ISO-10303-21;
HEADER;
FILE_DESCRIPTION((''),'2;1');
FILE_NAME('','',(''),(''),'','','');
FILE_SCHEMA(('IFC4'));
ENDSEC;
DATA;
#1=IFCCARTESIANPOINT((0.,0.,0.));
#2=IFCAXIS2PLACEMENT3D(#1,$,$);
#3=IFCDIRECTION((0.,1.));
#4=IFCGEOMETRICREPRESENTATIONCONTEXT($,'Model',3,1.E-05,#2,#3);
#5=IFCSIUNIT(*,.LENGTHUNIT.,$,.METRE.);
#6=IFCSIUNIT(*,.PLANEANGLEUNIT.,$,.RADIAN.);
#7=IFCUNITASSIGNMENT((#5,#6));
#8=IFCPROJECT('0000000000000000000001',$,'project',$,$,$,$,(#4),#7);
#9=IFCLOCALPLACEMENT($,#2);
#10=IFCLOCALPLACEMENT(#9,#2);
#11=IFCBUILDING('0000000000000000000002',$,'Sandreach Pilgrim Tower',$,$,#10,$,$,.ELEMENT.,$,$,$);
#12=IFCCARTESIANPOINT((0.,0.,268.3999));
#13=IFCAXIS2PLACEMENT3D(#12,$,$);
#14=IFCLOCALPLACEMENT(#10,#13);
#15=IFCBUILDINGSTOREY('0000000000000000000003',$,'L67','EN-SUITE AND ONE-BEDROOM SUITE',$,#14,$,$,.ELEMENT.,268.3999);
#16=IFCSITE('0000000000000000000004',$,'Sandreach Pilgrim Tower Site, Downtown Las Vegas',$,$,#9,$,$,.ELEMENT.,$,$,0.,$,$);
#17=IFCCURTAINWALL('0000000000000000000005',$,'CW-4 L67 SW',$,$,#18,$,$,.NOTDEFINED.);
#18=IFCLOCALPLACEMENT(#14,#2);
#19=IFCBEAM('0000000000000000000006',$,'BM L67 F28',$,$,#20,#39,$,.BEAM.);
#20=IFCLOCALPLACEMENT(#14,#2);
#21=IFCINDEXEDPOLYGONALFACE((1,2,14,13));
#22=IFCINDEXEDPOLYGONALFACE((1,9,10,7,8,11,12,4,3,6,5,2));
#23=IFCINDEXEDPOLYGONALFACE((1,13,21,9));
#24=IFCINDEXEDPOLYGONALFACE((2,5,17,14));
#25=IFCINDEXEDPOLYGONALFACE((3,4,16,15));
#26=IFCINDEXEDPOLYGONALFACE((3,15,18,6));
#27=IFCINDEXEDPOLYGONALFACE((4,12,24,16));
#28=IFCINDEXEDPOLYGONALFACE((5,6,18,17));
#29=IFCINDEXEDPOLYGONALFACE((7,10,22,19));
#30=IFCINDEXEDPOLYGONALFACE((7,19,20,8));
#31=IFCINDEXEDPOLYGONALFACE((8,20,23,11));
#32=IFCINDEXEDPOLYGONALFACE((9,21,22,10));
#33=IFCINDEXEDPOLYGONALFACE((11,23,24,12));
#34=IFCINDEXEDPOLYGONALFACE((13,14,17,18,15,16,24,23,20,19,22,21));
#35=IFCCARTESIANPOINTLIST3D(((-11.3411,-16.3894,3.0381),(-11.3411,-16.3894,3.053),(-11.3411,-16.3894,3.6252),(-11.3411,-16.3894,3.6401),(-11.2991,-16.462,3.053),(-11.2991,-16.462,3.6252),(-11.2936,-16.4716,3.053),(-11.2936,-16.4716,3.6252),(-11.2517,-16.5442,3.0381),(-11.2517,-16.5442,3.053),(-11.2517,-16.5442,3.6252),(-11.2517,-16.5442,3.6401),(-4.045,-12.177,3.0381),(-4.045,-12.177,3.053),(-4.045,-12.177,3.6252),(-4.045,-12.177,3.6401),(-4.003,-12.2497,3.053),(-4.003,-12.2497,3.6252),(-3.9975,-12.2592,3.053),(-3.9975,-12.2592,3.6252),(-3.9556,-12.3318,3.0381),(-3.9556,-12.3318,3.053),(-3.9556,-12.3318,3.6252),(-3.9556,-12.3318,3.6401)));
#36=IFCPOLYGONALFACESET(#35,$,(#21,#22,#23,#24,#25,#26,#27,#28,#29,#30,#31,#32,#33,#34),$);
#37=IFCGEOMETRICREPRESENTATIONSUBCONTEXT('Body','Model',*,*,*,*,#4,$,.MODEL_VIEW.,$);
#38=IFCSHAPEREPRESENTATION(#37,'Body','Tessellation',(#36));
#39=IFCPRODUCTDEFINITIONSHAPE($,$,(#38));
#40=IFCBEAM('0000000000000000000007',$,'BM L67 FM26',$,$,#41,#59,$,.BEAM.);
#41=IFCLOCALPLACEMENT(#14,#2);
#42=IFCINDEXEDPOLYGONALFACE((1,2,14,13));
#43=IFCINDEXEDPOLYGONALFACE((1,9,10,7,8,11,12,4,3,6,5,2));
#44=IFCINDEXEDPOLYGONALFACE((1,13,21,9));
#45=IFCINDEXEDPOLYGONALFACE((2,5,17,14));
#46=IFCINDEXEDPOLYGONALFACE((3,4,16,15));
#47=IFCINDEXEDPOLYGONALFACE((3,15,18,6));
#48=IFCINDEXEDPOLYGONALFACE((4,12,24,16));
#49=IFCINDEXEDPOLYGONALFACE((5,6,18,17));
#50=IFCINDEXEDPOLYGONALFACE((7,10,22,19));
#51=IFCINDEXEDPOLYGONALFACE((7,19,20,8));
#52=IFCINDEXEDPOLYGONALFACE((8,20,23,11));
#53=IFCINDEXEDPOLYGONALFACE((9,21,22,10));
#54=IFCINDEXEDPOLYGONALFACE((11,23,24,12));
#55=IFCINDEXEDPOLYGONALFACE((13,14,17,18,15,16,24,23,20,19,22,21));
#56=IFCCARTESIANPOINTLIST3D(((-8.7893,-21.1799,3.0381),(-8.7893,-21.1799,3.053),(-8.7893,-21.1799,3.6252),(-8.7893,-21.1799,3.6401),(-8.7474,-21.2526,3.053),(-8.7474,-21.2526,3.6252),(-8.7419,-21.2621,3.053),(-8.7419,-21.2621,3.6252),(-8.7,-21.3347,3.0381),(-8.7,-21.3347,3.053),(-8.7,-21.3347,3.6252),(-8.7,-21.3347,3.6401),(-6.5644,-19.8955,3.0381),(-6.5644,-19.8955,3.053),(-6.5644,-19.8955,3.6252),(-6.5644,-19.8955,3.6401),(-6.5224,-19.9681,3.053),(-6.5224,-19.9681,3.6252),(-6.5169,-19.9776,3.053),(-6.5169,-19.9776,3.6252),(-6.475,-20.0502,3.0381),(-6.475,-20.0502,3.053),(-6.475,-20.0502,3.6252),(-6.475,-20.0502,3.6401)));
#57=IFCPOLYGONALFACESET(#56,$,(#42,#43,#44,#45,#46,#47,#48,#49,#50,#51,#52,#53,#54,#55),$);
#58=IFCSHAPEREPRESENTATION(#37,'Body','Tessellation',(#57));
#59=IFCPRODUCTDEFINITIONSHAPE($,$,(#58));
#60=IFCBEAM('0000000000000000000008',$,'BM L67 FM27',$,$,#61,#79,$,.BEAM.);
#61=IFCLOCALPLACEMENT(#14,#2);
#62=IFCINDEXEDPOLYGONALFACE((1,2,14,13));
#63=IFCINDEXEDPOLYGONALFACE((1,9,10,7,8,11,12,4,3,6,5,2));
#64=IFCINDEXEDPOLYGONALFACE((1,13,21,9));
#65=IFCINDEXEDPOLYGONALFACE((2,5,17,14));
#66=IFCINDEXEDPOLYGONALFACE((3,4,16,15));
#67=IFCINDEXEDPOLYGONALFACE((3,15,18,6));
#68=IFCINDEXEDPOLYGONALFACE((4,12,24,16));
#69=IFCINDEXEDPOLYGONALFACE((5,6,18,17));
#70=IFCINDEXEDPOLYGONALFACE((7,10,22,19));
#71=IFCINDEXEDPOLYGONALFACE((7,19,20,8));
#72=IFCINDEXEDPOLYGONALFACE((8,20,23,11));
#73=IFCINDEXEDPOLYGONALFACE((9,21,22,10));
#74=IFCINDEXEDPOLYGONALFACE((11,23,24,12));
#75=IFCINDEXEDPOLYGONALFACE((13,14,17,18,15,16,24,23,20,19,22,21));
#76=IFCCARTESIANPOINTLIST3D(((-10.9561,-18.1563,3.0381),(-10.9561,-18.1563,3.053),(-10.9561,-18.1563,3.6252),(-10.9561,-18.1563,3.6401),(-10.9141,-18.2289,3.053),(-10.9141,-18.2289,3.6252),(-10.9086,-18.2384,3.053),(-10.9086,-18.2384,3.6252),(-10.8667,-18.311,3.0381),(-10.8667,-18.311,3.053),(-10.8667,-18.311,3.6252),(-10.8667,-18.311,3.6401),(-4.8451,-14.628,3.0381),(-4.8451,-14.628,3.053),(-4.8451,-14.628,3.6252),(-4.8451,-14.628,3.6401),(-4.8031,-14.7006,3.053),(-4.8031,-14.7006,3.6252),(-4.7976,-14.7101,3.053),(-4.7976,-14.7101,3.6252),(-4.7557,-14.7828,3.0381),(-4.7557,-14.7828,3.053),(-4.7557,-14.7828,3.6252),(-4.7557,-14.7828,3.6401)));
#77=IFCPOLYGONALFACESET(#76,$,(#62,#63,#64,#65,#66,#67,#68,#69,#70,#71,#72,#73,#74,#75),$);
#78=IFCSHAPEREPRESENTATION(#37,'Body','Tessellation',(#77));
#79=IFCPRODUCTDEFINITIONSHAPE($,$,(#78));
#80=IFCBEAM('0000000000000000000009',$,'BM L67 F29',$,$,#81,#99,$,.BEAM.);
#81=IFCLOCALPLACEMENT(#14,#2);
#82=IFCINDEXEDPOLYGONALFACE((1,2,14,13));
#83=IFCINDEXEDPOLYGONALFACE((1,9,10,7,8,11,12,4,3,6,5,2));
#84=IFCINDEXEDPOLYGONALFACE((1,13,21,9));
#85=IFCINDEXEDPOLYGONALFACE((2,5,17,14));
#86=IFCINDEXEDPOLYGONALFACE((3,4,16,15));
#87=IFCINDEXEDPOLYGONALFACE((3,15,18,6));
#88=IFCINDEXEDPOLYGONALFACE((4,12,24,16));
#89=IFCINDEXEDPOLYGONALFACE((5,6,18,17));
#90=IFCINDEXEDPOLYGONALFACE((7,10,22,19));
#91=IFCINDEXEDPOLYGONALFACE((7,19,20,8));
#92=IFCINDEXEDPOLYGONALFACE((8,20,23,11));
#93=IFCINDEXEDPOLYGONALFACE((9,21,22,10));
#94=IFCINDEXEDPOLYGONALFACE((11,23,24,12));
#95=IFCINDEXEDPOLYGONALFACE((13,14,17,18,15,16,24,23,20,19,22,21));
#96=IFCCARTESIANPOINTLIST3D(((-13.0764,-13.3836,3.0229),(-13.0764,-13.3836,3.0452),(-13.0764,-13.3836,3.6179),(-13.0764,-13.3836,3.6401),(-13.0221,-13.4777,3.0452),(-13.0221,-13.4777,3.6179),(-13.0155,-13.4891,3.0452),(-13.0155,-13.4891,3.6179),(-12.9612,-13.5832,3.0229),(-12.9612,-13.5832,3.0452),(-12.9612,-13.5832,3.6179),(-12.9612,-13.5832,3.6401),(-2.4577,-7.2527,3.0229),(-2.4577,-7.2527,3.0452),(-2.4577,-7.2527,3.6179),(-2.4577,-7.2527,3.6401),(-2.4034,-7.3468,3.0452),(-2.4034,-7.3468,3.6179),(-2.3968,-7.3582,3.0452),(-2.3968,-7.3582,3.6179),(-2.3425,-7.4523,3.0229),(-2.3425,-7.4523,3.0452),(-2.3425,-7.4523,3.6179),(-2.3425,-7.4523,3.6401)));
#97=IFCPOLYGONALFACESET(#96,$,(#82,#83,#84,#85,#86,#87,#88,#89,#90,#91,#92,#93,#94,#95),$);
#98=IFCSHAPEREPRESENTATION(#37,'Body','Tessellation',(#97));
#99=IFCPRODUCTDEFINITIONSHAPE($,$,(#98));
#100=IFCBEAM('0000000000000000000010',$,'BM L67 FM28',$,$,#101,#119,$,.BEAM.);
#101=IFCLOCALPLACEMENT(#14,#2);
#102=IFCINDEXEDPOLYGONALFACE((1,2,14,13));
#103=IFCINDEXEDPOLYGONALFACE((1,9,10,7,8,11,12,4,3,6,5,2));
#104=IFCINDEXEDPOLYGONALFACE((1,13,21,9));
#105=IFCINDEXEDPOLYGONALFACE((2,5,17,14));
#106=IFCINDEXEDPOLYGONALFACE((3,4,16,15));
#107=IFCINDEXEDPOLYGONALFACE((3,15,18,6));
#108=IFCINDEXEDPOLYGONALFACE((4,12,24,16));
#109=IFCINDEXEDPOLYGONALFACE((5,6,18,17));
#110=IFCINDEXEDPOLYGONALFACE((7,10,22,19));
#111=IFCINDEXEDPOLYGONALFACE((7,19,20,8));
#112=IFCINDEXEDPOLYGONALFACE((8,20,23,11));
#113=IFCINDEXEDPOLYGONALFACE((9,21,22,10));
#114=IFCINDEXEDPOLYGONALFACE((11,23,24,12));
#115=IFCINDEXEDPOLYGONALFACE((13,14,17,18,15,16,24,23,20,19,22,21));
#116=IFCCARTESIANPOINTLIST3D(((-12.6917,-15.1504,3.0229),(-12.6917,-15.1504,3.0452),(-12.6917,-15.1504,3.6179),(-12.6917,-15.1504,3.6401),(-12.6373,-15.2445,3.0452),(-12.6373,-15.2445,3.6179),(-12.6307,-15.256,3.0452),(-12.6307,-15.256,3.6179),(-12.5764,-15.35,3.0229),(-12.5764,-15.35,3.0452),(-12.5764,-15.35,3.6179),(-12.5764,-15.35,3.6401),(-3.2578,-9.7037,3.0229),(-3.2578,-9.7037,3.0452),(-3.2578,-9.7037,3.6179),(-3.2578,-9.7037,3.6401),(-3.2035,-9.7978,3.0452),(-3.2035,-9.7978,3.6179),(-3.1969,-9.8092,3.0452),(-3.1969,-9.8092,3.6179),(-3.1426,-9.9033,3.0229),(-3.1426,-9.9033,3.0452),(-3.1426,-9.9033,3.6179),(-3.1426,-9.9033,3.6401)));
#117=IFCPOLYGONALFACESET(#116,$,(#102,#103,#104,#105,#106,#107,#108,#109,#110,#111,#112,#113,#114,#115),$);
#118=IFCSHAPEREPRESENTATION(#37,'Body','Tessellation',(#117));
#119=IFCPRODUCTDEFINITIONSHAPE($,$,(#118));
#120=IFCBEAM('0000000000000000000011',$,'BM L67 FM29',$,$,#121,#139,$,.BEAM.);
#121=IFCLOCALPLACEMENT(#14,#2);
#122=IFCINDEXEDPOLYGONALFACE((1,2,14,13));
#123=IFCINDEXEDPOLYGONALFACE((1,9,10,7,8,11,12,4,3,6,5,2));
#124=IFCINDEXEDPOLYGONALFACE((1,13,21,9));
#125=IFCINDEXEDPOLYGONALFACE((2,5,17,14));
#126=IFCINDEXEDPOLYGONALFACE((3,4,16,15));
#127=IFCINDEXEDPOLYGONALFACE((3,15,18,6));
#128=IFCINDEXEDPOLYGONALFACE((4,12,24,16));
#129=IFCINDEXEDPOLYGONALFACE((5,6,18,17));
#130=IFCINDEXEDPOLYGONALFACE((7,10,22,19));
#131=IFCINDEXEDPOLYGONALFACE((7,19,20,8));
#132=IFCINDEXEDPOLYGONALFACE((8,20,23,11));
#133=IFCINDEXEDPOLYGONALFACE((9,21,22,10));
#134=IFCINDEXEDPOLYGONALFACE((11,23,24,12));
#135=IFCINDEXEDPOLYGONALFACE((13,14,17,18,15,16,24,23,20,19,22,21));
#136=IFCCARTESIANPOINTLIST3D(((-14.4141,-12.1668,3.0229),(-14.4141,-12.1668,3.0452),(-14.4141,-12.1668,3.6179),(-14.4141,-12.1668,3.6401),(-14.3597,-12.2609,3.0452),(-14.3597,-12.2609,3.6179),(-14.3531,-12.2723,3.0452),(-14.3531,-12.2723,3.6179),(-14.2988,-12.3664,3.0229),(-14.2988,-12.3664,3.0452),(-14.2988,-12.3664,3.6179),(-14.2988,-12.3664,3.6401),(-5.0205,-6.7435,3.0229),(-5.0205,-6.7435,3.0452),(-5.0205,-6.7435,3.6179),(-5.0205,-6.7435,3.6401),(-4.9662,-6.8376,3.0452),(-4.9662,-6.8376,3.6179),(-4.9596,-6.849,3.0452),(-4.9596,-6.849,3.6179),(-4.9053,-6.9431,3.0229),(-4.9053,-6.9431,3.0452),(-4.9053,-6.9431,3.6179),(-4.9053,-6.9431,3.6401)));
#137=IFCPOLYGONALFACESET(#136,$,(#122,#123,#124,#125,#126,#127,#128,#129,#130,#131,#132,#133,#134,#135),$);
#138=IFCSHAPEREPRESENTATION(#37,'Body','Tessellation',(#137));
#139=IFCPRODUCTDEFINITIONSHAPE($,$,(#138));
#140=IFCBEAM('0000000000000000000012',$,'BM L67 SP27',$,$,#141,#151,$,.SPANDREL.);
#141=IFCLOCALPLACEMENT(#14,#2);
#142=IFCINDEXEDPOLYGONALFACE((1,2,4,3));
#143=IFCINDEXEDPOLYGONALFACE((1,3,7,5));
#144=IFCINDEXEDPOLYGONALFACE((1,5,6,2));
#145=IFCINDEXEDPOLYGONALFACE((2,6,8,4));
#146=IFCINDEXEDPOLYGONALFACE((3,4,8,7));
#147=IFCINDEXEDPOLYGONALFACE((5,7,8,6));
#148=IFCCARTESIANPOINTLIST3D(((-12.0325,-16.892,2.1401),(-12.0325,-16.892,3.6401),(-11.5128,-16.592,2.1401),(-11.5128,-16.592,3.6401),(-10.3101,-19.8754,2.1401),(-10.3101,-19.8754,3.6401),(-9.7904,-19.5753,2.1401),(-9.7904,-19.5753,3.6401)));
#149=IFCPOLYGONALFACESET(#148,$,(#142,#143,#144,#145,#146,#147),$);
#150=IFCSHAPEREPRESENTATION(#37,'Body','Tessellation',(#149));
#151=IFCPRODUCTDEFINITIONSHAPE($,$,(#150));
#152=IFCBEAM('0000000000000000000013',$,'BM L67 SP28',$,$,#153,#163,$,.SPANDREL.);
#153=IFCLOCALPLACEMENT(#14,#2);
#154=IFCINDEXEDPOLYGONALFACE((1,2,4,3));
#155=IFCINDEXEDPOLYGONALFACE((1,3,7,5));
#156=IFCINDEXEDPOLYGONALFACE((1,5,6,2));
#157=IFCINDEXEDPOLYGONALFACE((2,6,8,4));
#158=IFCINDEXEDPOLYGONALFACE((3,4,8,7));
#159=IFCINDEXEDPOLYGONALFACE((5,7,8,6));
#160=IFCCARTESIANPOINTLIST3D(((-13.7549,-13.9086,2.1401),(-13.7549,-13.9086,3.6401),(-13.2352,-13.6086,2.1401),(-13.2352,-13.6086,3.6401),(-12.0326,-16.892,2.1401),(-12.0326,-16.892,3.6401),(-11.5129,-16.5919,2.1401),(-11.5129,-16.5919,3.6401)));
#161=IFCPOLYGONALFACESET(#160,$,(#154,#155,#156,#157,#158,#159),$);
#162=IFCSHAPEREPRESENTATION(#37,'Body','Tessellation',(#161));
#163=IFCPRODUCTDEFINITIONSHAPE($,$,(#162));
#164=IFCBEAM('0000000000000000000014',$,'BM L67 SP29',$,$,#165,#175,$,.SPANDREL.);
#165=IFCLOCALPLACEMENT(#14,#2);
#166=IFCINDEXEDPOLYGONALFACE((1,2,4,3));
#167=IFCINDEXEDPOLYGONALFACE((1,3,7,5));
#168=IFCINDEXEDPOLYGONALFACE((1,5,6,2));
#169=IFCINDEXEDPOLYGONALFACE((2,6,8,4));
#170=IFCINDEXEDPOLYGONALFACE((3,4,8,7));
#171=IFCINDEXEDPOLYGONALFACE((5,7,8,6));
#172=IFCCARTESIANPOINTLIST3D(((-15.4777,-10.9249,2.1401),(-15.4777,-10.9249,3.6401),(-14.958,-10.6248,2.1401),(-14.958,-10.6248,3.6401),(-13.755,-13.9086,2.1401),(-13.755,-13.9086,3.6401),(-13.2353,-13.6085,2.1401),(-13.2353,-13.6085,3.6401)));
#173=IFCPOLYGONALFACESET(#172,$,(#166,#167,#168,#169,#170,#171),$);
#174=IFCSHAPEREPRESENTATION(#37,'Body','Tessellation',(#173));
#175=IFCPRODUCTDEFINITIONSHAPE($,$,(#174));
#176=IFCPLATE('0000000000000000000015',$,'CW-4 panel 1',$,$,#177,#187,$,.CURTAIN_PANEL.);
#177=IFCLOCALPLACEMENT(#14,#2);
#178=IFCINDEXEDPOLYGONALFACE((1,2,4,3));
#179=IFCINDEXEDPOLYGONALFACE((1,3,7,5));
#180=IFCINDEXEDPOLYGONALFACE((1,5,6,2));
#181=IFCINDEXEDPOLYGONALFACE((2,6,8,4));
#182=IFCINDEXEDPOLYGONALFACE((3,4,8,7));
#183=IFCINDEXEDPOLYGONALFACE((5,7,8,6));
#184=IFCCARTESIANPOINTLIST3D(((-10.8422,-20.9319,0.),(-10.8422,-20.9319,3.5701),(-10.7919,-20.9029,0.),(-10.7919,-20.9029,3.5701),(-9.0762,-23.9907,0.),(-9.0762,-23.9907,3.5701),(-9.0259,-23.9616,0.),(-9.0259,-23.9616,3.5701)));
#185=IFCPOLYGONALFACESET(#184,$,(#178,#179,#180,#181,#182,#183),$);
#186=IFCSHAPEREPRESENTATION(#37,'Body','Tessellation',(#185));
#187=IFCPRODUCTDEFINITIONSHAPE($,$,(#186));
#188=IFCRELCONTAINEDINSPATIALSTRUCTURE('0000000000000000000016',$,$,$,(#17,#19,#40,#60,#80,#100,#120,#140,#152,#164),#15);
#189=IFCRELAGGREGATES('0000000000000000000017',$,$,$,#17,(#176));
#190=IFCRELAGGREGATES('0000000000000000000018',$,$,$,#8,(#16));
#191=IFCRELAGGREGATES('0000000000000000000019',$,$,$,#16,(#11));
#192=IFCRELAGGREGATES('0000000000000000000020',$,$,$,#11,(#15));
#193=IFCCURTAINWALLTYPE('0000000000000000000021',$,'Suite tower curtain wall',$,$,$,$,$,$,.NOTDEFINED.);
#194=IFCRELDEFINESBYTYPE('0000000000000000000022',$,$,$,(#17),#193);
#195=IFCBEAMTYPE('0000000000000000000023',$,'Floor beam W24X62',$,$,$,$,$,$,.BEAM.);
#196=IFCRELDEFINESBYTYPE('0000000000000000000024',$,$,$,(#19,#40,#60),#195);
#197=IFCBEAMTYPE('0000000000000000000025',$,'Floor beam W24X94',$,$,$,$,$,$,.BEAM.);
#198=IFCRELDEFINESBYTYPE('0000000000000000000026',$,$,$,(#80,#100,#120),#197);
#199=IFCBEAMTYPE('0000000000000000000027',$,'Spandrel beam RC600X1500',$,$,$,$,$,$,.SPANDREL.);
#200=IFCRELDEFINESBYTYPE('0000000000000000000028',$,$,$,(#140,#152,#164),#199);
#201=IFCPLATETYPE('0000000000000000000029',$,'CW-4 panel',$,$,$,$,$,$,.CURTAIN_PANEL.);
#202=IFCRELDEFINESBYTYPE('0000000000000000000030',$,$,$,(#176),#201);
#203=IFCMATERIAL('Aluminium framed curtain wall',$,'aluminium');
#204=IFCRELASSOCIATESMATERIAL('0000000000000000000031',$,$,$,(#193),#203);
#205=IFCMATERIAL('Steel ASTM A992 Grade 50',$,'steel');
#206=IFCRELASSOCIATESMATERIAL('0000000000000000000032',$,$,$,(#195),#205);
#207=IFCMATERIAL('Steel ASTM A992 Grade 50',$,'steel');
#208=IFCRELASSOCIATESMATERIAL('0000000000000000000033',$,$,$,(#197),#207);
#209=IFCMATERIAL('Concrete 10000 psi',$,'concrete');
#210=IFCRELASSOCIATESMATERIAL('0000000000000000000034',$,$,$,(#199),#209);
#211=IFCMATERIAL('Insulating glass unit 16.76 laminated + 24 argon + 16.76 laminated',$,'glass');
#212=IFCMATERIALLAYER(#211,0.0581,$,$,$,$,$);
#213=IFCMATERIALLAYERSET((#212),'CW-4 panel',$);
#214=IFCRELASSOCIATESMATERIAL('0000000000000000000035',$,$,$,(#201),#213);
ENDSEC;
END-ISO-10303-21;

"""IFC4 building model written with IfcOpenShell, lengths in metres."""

from ifc_helpers import new_model, si_unit, direction, frame, origin, origin_2d, place, context, subcontext, project, spatial, rectangle, i_section, extrude, material, layer, layer_set, material_profile, profile_set, type_object, element, aggregate, save


model = new_model("IFC4")

# Units and contexts
model_context = context("Model", 3, precision=1e-05, world=origin(), true_north=direction((0.0, 1.0)))
body_context = subcontext(model_context, "Body", "Model", "MODEL_VIEW")
ifc_project = project(units=[si_unit("LENGTHUNIT", "METRE"), si_unit("PLANEANGLEUNIT", "RADIAN")], contexts=[model_context])

# Site, building, storey
site_placement = place(None, origin())
site = spatial("IfcSite", under=ifc_project, at=site_placement, Name="Sandreach Pilgrim Tower Site, Downtown Las Vegas", CompositionType="ELEMENT", RefElevation=0.0)
building_placement = place(site_placement, origin())
building = spatial("IfcBuilding", under=site, at=building_placement, Name="Sandreach Pilgrim Tower", CompositionType="ELEMENT")
storey_placement = place(building_placement, frame((0.0, 0.0, 268.3999)))
storey = spatial("IfcBuildingStorey", under=building, at=storey_placement, Name="L67", Description="EN-SUITE AND ONE-BEDROOM SUITE", CompositionType="ELEMENT", Elevation=268.3999)

# Shared definitions
ifc_material_1 = material(Name="Aluminium framed curtain wall", Category="aluminium")
curtain_wall_type = type_object("IfcCurtainWallType", Name="Suite tower curtain wall", PredefinedType="NOTDEFINED", material=ifc_material_1)

# Curtain wall
curtain_wall_1_placement = place(storey_placement, origin())
curtain_wall_1 = element("IfcCurtainWall", 1, at=curtain_wall_1_placement, inside=storey, type_object=curtain_wall_type, Name="CW-4 L67 SW", PredefinedType="NOTDEFINED")

# Beams
ifc_material_2 = material(Name="Steel ASTM A992 Grade 50", Category="steel")
ifc_material_profile_1 = material_profile(ifc_material_2, i_section(OverallWidth=0.1787, OverallDepth=0.6021, WebThickness=0.011, FlangeThickness=0.0149, at=origin_2d()), Name="W24X62")
ifc_profile_set_1 = profile_set([ifc_material_profile_1], Name="Steel ASTM A992 Grade 50")
beam_type_1 = type_object("IfcBeamType", Name="Floor beam W24X62", PredefinedType="BEAM", material=ifc_profile_set_1)
beam_1_placement = place(storey_placement, frame((-11.2964, -16.4668, 3.3391), z_axis=(0.866027, 0.499998, 0.0), x_axis=(-0.499998, 0.866027, 0.0)))
element("IfcBeam", 2, at=beam_1_placement, inside=storey, type_object=beam_type_1, Name="BM L67 F28", PredefinedType="BEAM", context=body_context, shape_type="SweptSolid", body=[
    extrude(i_section(OverallWidth=0.1787, OverallDepth=0.6021, WebThickness=0.011, FlangeThickness=0.0149, at=origin_2d()), origin(), (0.0, 0.0, 1.0), 8.4248),
])
beam_2_placement = place(storey_placement, frame((-8.7446, -21.2573, 3.3391), z_axis=(0.866042, 0.499972, 0.0), x_axis=(-0.499972, 0.866042, 0.0)))
element("IfcBeam", 3, at=beam_2_placement, inside=storey, type_object=beam_type_1, Name="BM L67 FM26", PredefinedType="BEAM", context=body_context, shape_type="SweptSolid", body=[
    extrude(i_section(OverallWidth=0.1787, OverallDepth=0.6021, WebThickness=0.011, FlangeThickness=0.0149, at=origin_2d()), origin(), (0.0, 0.0, 1.0), 2.5691),
])
beam_3_placement = place(storey_placement, frame((-10.9114, -18.2336, 3.3391), z_axis=(0.86602, 0.500009, 0.0), x_axis=(-0.500009, 0.86602, 0.0)))
element("IfcBeam", 4, at=beam_3_placement, inside=storey, type_object=beam_type_1, Name="BM L67 FM27", PredefinedType="BEAM", context=body_context, shape_type="SweptSolid", body=[
    extrude(i_section(OverallWidth=0.1787, OverallDepth=0.6021, WebThickness=0.011, FlangeThickness=0.0149, at=origin_2d()), origin(), (0.0, 0.0, 1.0), 7.0564),
])
ifc_material_3 = material(Name="Steel ASTM A992 Grade 50", Category="steel")
ifc_material_profile_2 = material_profile(ifc_material_3, i_section(OverallWidth=0.2305, OverallDepth=0.6172, WebThickness=0.0132, FlangeThickness=0.0222, at=origin_2d()), Name="W24X94")
ifc_profile_set_2 = profile_set([ifc_material_profile_2], Name="Steel ASTM A992 Grade 50")
beam_type_2 = type_object("IfcBeamType", Name="Floor beam W24X94", PredefinedType="BEAM", material=ifc_profile_set_2)
beam_4_placement = place(storey_placement, frame((-13.0188, -13.4834, 3.3315), z_axis=(0.866019, 0.500011, 0.0), x_axis=(-0.500011, 0.866019, 0.0)))
element("IfcBeam", 5, at=beam_4_placement, inside=storey, type_object=beam_type_2, Name="BM L67 F29", PredefinedType="BEAM", context=body_context, shape_type="SweptSolid", body=[
    extrude(i_section(OverallWidth=0.2305, OverallDepth=0.6172, WebThickness=0.0132, FlangeThickness=0.0222, at=origin_2d()), origin(), (0.0, 0.0, 1.0), 12.2615),
])
beam_5_placement = place(storey_placement, frame((-12.634, -15.2502, 3.3315), z_axis=(0.86602, 0.50001, 0.0), x_axis=(-0.50001, 0.86602, 0.0)))
element("IfcBeam", 6, at=beam_5_placement, inside=storey, type_object=beam_type_2, Name="BM L67 FM28", PredefinedType="BEAM", context=body_context, shape_type="SweptSolid", body=[
    extrude(i_section(OverallWidth=0.2305, OverallDepth=0.6172, WebThickness=0.0132, FlangeThickness=0.0222, at=origin_2d()), origin(), (0.0, 0.0, 1.0), 10.8933),
])
beam_6_placement = place(storey_placement, frame((-14.3564, -12.2666, 3.3315), z_axis=(0.866027, 0.499998, 0.0), x_axis=(-0.499998, 0.866027, 0.0)))
element("IfcBeam", 7, at=beam_6_placement, inside=storey, type_object=beam_type_2, Name="BM L67 FM29", PredefinedType="BEAM", context=body_context, shape_type="SweptSolid", body=[
    extrude(i_section(OverallWidth=0.2305, OverallDepth=0.6172, WebThickness=0.0132, FlangeThickness=0.0222, at=origin_2d()), origin(), (0.0, 0.0, 1.0), 10.8467),
])
ifc_material_4 = material(Name="Concrete 10000 psi", Category="concrete")
ifc_material_profile_3 = material_profile(ifc_material_4, rectangle(XDim=0.6001, YDim=1.5, at=origin_2d()), Name="RC600X1500")
ifc_profile_set_3 = profile_set([ifc_material_profile_3], Name="Concrete 10000 psi")
beam_type_3 = type_object("IfcBeamType", Name="Spandrel beam RC600X1500", PredefinedType="SPANDREL", material=ifc_profile_set_3)
for number, where, z_axis, x_axis, name in (
    (8, (-10.0503, -19.7253, 2.8901), (-0.499988, 0.866032, 0.0), (-0.866032, -0.499988, 0.0), "BM L67 SP27"),
    (9, (-11.7727, -16.7419, 2.8901), (-0.499988, 0.866032, 0.0), (-0.866032, -0.499988, 0.0), "BM L67 SP28"),
):
    element("IfcBeam", number, at=place(storey_placement, frame(where, z_axis=z_axis, x_axis=x_axis)), inside=storey, type_object=beam_type_3, Name=name, PredefinedType="SPANDREL", context=body_context, shape_type="SweptSolid", body=[
        extrude(rectangle(XDim=0.6001, YDim=1.5, at=origin_2d()), origin(), (0.0, 0.0, 1.0), 3.4448),
    ])
beam_7_placement = place(storey_placement, frame((-13.4951, -13.7585, 2.8901), z_axis=(-0.500011, 0.866019, 0.0), x_axis=(-0.866019, -0.500011, 0.0)))
element("IfcBeam", 10, at=beam_7_placement, inside=storey, type_object=beam_type_3, Name="BM L67 SP29", PredefinedType="SPANDREL", context=body_context, shape_type="SweptSolid", body=[
    extrude(rectangle(XDim=0.6001, YDim=1.5, at=origin_2d()), origin(), (0.0, 0.0, 1.0), 3.4453),
])

# Plate
ifc_material_5 = material(Name="Insulating glass unit 16.76 laminated + 24 argon + 16.76 laminated", Category="glass")
ifc_layer_1 = layer(ifc_material_5, 0.0581)
ifc_layer_set_1 = layer_set([ifc_layer_1], Name="CW-4 panel")
plate_type = type_object("IfcPlateType", Name="CW-4 panel", PredefinedType="CURTAIN_PANEL", material=ifc_layer_set_1)
plate_1_placement = place(storey_placement, frame((-9.9341, -22.4468, 0.0), z_axis=(0.0, 0.0, 1.0), x_axis=(-0.5, 0.866025, 0.0)))
plate_1 = element("IfcPlate", 11, at=plate_1_placement, type_object=plate_type, Name="CW-4 panel 1", PredefinedType="CURTAIN_PANEL", context=body_context, shape_type="SweptSolid", body=[
    extrude(rectangle(XDim=3.532, YDim=0.0581, at=origin_2d()), origin(), (0.0, 0.0, 1.0), 3.5701),
])
aggregate(curtain_wall_1, [plate_1])

save(model, "model.ifc")
